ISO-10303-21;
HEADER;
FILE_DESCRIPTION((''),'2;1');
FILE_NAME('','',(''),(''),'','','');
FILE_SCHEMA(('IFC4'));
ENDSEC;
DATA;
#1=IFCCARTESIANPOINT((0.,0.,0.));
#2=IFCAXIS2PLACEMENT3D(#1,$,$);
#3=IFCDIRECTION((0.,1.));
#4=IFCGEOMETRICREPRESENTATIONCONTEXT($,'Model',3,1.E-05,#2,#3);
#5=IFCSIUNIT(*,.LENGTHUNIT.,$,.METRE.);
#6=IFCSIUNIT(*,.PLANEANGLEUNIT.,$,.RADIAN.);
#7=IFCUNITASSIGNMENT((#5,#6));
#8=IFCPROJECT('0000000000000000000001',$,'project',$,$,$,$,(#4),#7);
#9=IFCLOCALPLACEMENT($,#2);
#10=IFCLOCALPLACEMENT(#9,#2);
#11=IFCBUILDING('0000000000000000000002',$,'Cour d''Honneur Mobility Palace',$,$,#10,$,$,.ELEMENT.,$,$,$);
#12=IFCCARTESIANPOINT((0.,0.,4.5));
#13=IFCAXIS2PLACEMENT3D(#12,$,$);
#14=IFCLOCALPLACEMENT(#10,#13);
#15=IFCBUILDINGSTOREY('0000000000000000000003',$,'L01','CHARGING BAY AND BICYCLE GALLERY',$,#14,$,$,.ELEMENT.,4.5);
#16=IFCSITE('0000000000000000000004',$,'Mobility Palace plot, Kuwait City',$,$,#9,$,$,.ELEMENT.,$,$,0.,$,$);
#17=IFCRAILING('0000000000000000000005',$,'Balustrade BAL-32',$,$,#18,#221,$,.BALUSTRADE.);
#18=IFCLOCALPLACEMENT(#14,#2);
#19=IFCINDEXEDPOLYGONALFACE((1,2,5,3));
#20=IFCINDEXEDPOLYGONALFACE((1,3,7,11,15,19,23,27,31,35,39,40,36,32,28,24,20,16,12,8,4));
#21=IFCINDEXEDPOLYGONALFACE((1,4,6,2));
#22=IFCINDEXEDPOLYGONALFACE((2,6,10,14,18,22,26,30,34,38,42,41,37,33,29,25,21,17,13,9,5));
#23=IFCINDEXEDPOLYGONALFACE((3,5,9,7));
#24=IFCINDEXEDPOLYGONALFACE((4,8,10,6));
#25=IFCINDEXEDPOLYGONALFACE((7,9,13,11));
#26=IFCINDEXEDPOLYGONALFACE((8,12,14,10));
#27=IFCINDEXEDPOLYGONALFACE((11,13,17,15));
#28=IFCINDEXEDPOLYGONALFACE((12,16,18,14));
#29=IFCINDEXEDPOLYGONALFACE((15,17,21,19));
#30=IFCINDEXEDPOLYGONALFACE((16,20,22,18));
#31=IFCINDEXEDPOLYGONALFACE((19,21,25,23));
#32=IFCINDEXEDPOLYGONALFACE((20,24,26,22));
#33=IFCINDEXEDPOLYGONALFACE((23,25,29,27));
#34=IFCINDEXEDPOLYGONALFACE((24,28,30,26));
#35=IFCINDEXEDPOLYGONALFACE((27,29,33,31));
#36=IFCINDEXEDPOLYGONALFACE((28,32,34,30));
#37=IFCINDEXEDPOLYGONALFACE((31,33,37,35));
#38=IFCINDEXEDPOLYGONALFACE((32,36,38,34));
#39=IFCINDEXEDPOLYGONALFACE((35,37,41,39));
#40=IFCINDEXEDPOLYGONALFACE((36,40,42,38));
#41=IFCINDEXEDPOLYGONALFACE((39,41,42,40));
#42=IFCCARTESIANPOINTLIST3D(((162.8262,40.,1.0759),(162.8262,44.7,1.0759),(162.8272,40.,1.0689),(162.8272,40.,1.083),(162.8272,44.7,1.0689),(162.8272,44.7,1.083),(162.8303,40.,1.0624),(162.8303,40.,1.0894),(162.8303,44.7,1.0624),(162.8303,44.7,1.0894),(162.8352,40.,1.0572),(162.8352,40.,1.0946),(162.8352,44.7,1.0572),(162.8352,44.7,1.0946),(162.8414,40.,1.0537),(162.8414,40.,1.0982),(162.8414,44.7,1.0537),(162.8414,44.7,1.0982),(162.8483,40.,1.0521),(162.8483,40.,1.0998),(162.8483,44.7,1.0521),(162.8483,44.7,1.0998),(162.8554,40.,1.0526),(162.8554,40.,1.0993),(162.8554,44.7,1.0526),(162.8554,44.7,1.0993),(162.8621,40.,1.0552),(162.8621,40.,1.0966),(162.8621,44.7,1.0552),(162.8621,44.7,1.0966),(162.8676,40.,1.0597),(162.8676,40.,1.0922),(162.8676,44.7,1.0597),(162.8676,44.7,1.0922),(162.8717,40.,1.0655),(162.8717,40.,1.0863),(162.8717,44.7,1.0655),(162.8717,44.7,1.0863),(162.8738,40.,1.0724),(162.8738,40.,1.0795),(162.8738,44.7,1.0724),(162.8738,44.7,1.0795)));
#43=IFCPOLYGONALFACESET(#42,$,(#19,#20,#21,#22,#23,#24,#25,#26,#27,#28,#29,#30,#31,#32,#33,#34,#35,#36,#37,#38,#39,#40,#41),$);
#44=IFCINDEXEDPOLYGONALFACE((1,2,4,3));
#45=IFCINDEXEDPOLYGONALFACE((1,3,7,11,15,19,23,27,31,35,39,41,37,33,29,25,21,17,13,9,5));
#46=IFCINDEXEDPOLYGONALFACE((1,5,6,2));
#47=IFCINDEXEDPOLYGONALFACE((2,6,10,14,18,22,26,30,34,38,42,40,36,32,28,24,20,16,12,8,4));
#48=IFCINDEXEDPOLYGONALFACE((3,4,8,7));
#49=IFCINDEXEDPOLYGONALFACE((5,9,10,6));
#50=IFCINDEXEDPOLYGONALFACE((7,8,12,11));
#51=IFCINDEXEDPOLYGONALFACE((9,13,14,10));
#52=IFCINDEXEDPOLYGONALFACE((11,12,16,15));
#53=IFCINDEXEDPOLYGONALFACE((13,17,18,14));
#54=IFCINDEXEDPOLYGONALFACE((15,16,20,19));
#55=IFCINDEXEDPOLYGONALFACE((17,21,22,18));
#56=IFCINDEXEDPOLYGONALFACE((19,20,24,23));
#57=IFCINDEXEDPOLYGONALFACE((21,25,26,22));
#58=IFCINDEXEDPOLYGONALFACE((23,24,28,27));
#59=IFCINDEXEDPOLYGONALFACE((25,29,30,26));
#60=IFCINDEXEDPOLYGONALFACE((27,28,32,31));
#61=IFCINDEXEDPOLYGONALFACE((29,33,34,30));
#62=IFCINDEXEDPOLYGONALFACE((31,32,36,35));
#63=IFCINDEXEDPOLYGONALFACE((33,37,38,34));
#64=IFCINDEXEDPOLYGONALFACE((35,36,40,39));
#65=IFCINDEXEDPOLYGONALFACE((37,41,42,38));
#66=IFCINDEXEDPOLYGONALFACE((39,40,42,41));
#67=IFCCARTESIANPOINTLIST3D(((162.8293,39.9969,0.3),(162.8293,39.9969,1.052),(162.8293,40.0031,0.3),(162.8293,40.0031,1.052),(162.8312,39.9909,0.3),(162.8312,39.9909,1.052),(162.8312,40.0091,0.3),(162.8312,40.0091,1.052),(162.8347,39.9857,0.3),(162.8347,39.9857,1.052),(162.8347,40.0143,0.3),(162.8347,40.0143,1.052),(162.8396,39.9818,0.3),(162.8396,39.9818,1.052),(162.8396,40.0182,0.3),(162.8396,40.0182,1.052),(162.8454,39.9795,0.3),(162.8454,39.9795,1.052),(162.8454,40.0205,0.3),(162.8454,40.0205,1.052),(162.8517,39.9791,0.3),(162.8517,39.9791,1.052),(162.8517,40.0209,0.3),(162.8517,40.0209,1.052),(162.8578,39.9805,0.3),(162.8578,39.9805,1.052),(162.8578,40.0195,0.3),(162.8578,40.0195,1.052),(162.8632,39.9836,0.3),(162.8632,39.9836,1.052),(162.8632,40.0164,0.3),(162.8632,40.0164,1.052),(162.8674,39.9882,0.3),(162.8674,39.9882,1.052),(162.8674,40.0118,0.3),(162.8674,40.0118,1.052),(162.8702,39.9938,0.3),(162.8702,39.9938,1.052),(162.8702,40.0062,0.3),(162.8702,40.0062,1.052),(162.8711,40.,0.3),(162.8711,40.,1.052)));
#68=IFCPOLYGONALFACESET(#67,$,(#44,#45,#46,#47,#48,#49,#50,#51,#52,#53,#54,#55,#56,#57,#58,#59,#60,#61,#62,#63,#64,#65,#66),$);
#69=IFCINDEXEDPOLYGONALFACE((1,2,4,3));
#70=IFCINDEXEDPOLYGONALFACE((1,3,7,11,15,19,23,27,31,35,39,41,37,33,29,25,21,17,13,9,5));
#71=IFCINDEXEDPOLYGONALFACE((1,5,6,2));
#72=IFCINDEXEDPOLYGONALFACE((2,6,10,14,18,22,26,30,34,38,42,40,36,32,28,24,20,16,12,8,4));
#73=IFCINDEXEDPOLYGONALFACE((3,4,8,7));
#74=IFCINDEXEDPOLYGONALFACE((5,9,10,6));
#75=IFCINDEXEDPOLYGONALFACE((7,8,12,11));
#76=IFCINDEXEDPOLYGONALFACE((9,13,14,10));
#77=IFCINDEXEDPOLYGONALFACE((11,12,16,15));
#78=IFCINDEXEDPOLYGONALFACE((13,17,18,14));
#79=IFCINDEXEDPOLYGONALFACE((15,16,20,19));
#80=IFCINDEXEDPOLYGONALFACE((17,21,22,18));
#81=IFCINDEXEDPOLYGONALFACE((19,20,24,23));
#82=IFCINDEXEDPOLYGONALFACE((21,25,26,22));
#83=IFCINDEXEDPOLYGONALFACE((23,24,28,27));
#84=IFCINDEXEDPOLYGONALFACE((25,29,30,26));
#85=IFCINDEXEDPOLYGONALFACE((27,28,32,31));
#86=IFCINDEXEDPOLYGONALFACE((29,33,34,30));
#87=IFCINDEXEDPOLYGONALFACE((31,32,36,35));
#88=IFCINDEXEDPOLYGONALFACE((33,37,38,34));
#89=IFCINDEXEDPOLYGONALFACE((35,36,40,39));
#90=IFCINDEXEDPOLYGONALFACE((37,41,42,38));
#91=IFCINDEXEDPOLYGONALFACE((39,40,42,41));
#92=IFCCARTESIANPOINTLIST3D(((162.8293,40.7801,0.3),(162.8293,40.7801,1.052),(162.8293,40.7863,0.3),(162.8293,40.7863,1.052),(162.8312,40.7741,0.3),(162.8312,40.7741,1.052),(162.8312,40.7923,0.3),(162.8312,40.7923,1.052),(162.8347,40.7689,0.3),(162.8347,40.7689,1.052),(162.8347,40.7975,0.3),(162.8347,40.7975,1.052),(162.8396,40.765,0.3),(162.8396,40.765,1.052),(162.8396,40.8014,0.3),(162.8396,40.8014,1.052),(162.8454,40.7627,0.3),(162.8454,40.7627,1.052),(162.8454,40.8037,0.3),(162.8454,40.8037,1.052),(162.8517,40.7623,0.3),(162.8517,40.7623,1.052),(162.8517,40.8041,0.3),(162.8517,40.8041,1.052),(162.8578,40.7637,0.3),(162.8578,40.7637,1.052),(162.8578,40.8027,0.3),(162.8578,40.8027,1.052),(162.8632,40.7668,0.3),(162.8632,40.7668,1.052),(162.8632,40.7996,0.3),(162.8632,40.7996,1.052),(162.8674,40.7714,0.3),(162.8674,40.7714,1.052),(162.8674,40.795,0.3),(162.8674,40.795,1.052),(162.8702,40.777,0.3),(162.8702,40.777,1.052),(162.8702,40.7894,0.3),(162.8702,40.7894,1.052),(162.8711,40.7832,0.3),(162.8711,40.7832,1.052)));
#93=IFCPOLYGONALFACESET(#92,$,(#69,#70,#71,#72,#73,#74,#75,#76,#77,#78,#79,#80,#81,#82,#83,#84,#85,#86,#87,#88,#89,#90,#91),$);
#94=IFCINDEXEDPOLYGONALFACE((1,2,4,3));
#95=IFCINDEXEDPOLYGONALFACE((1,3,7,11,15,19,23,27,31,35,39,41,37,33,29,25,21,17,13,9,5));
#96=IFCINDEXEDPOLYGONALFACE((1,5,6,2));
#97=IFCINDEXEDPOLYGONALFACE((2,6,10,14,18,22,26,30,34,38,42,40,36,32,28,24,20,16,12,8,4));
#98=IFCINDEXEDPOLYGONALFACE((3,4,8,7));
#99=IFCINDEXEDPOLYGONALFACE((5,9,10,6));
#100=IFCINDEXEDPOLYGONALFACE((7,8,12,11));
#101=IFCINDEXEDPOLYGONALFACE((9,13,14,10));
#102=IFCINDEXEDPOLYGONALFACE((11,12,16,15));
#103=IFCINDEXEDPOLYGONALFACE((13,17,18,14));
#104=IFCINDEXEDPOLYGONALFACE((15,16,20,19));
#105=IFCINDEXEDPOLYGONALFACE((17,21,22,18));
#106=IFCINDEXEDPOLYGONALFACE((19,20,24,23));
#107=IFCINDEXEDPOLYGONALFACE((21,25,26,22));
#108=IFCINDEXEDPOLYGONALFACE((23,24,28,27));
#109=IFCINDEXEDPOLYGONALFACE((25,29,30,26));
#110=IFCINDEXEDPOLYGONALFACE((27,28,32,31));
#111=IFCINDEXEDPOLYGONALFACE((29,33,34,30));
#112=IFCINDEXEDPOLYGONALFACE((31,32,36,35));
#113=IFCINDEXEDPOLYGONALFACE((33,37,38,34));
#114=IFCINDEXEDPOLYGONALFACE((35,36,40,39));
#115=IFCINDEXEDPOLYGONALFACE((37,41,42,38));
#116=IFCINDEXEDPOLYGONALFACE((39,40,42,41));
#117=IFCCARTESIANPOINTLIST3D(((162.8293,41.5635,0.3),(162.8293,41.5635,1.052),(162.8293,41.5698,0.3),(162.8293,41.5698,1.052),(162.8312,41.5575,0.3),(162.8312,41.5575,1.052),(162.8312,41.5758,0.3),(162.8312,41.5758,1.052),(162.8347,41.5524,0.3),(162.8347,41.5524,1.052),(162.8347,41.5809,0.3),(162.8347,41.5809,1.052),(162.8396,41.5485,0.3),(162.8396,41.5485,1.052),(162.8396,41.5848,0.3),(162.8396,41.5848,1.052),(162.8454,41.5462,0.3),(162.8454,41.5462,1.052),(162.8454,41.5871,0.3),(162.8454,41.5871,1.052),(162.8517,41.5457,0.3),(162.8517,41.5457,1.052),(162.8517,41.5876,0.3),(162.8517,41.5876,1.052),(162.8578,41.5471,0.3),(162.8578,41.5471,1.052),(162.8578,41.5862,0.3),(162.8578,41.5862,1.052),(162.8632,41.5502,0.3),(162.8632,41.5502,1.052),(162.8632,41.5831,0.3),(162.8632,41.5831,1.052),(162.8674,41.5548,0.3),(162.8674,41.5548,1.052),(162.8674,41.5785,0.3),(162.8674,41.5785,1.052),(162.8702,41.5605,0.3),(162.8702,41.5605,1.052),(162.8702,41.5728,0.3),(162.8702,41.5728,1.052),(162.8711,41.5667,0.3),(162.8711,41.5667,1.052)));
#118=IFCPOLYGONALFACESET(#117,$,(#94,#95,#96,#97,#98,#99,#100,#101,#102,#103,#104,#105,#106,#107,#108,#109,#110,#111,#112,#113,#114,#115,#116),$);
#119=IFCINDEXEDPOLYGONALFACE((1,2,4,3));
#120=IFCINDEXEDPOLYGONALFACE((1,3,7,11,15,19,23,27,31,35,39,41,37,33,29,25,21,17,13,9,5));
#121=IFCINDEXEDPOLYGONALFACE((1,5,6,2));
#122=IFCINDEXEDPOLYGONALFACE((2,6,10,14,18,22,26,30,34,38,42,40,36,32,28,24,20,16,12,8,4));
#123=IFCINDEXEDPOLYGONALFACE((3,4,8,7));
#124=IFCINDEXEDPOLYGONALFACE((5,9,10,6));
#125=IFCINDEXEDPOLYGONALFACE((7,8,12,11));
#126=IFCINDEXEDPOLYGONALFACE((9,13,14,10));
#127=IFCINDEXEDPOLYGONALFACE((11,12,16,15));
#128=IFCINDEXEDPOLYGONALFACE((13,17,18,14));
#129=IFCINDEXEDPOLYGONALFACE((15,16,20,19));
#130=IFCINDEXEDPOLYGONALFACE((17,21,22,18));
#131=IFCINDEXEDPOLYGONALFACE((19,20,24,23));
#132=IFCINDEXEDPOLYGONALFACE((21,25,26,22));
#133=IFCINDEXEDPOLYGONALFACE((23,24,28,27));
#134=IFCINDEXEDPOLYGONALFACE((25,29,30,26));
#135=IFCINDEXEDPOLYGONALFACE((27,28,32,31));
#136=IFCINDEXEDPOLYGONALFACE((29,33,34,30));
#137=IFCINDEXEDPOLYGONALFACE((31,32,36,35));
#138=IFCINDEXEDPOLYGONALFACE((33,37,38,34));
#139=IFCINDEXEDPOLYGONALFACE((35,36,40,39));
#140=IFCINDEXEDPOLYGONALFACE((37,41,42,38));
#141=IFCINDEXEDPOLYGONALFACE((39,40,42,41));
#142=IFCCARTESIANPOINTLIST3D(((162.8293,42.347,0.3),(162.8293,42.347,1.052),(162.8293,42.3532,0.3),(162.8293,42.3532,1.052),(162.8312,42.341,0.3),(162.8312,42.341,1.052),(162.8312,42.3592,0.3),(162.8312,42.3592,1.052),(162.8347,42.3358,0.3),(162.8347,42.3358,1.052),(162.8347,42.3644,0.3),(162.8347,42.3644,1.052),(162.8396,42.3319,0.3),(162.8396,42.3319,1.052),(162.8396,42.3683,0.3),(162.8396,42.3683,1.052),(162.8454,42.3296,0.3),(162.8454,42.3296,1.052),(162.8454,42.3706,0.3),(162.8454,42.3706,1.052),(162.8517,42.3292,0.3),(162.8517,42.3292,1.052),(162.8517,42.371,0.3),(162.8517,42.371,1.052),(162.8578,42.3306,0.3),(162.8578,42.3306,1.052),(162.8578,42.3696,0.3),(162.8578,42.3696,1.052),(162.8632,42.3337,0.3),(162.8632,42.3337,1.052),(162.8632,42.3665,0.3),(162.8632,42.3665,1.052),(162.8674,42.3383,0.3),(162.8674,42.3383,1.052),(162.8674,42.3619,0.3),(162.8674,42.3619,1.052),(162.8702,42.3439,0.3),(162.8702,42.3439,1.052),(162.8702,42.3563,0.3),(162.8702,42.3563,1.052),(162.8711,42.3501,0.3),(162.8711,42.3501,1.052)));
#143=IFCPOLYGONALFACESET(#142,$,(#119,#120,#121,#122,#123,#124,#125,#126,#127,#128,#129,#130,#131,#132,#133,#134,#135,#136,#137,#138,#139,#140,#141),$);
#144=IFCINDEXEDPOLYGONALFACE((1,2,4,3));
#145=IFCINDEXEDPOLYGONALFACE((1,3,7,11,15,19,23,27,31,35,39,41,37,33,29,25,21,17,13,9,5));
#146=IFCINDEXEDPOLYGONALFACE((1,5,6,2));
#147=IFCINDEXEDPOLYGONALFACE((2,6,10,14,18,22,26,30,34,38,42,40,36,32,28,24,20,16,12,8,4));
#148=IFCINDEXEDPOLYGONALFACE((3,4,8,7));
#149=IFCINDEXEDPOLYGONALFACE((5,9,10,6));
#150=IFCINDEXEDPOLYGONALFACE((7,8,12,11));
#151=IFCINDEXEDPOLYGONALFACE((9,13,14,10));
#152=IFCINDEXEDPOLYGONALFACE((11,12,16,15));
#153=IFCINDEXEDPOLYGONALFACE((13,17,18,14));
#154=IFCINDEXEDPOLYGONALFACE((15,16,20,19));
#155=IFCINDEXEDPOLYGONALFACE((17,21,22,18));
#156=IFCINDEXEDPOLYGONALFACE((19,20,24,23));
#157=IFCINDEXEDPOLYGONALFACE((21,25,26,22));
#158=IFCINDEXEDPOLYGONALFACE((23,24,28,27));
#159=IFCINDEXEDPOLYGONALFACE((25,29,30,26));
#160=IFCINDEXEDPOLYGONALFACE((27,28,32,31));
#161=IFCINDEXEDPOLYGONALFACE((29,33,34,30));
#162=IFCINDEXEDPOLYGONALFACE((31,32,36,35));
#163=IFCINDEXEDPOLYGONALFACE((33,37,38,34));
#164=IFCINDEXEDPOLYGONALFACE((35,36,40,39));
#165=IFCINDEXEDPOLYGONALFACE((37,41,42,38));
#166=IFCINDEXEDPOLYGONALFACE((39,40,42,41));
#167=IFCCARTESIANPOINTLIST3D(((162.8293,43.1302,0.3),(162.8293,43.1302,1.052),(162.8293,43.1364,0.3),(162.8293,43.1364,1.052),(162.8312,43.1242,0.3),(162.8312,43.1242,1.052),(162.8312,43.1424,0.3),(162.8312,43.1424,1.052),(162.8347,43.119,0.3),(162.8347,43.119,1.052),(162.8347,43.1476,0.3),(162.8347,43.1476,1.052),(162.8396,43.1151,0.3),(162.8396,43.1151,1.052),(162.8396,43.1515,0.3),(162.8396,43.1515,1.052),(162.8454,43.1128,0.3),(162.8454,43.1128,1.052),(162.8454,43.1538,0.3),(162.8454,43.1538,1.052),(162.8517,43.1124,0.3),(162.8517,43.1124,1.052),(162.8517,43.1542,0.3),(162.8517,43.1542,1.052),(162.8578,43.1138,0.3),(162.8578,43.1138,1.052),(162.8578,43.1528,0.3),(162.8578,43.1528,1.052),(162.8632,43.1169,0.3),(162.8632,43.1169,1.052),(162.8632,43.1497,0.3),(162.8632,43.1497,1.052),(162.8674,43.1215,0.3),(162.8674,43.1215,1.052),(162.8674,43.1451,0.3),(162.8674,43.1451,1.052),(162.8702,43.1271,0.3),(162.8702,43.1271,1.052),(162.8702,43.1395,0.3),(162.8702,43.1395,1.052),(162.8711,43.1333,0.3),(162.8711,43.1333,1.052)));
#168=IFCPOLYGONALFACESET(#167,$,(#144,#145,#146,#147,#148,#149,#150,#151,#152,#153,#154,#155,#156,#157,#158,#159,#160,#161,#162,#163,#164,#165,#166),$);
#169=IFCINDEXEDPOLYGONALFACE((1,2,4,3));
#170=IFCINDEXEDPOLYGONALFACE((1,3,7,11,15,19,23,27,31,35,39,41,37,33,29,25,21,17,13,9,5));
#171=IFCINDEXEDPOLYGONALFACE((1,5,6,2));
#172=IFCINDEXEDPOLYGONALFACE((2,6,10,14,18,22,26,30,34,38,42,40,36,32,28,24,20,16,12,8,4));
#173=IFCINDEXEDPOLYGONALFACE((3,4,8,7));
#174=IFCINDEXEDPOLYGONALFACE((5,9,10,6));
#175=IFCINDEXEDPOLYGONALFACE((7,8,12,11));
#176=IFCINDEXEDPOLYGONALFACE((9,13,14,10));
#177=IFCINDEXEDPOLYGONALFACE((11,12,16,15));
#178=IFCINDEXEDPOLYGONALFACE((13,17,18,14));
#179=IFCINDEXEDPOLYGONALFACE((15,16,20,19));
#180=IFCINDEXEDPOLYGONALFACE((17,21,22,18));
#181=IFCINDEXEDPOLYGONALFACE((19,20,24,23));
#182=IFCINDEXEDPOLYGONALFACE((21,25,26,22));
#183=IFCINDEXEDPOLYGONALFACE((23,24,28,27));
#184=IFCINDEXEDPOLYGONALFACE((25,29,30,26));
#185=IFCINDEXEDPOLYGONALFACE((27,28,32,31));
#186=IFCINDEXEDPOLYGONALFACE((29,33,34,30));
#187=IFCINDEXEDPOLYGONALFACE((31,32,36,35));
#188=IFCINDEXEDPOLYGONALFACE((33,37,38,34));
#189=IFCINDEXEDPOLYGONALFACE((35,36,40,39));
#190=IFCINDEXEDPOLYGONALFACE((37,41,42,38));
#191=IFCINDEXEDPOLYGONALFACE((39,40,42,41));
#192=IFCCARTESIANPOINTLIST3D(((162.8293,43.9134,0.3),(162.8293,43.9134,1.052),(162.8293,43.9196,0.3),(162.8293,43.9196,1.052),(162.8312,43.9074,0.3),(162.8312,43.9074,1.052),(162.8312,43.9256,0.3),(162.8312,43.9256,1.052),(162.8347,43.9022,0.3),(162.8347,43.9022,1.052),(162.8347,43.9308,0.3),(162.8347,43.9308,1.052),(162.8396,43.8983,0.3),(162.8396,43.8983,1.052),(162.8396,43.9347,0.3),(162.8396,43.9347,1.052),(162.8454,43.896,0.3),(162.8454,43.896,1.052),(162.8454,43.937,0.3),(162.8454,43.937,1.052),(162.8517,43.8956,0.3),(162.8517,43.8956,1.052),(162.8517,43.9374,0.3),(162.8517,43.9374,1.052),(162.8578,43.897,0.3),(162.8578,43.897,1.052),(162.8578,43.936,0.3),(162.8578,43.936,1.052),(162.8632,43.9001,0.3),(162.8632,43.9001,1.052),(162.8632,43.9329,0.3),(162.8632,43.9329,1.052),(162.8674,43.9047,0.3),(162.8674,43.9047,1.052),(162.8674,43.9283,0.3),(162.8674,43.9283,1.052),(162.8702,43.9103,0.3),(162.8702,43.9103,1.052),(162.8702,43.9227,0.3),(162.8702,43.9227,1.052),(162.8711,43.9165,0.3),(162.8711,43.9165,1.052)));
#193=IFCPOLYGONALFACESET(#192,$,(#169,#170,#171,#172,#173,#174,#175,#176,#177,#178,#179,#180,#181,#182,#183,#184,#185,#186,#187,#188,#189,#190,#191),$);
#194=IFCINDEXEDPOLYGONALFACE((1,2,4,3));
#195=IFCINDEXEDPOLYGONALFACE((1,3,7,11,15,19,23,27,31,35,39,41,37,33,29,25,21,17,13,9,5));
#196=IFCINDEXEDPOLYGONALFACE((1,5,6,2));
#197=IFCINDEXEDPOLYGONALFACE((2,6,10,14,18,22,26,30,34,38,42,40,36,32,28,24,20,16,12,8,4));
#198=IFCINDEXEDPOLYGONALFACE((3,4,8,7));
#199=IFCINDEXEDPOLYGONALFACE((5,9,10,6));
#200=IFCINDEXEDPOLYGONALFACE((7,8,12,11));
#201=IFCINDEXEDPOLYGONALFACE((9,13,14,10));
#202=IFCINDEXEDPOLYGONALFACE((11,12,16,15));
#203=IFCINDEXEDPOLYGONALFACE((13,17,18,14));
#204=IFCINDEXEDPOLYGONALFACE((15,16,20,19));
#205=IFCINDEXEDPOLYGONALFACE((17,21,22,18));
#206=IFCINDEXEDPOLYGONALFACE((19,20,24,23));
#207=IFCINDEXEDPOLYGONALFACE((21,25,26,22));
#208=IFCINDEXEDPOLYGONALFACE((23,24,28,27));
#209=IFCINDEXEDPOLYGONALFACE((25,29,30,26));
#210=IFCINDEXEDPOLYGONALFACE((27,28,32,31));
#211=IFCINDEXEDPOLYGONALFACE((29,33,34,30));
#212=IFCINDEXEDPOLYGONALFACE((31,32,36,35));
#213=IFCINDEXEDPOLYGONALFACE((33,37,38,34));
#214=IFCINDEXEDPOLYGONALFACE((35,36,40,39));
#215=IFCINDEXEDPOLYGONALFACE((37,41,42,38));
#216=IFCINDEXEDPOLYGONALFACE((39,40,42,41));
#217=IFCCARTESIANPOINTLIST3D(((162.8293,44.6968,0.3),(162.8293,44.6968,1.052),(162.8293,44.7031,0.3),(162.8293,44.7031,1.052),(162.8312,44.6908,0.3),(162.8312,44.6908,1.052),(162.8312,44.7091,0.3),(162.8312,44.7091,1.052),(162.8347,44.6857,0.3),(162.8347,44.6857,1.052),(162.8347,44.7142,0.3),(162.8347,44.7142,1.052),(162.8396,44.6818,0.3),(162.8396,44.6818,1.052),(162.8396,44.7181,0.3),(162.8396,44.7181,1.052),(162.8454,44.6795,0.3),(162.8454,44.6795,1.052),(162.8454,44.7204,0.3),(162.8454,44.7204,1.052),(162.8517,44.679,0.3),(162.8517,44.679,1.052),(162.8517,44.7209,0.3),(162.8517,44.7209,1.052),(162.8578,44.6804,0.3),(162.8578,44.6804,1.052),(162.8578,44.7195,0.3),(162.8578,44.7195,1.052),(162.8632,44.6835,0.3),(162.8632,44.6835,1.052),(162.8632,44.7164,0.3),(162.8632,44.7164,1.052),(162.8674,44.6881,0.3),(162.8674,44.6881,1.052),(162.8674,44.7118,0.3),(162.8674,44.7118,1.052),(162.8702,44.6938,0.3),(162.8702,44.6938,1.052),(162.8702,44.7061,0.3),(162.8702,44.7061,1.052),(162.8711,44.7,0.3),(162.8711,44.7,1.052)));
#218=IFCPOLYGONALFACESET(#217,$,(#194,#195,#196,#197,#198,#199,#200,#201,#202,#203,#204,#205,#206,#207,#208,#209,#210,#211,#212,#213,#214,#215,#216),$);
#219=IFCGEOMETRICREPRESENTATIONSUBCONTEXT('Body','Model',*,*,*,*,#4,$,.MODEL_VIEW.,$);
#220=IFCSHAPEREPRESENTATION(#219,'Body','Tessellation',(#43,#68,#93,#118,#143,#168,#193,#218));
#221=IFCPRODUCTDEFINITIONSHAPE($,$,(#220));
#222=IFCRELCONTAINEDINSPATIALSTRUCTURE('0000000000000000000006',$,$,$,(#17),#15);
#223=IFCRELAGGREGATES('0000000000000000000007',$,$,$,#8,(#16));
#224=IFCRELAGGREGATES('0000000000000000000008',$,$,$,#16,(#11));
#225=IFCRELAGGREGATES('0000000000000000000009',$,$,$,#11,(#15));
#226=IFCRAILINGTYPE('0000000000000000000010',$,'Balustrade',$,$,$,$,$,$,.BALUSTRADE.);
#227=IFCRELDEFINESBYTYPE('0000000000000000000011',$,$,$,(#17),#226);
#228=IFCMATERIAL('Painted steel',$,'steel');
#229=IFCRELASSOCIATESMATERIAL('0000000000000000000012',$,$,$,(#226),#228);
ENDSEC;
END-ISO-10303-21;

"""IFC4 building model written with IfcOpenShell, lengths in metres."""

from ifc_helpers import new_model, si_unit, direction, frame, origin, origin_2d, place, context, subcontext, project, spatial, circle, extrude, material, type_object, element, save


model = new_model("IFC4")

# Units and contexts
model_context = context("Model", 3, precision=1e-05, world=origin(), true_north=direction((0.0, 1.0)))
body_context = subcontext(model_context, "Body", "Model", "MODEL_VIEW")
ifc_project = project(units=[si_unit("LENGTHUNIT", "METRE"), si_unit("PLANEANGLEUNIT", "RADIAN")], contexts=[model_context])

# Site, building, storey
site_placement = place(None, origin())
site = spatial("IfcSite", under=ifc_project, at=site_placement, Name="Mobility Palace plot, Kuwait City", CompositionType="ELEMENT", RefElevation=0.0)
building_placement = place(site_placement, origin())
building = spatial("IfcBuilding", under=site, at=building_placement, Name="Cour d'Honneur Mobility Palace", CompositionType="ELEMENT")
storey_placement = place(building_placement, frame((0.0, 0.0, 4.5)))
storey = spatial("IfcBuildingStorey", under=building, at=storey_placement, Name="L01", Description="CHARGING BAY AND BICYCLE GALLERY", CompositionType="ELEMENT", Elevation=4.5)

# Railing
ifc_material_1 = material(Name="Painted steel", Category="steel")
railing_type = type_object("IfcRailingType", Name="Balustrade", PredefinedType="BALUSTRADE", material=ifc_material_1)
railing_placement = place(storey_placement, frame((162.8501, 40.0, 0.3)))
element("IfcRailing", 1, at=railing_placement, inside=storey, type_object=railing_type, Name="Balustrade BAL-32", PredefinedType="BALUSTRADE", context=body_context, shape_type="SweptSolid", body=[
    extrude(circle(Radius=0.0239, at=origin_2d()), frame((0.0, 0.0, 0.7759), z_axis=(0.0, 1.0, 0.0), x_axis=(-1.0, 0.0, 0.0)), (0.0, 0.0, 1.0), 4.7),
    extrude(circle(Radius=0.021, at=origin_2d()), origin(), (0.0, 0.0, 1.0), 0.752),
    extrude(circle(Radius=0.021, at=origin_2d()), frame((0.0, 0.7832, 0.0)), (0.0, 0.0, 1.0), 0.752),
    extrude(circle(Radius=0.021, at=origin_2d()), frame((0.0, 1.5667, 0.0)), (0.0, 0.0, 1.0), 0.752),
    extrude(circle(Radius=0.021, at=origin_2d()), frame((0.0, 2.3501, 0.0)), (0.0, 0.0, 1.0), 0.752),
    extrude(circle(Radius=0.021, at=origin_2d()), frame((0.0, 3.1333, 0.0)), (0.0, 0.0, 1.0), 0.752),
    extrude(circle(Radius=0.021, at=origin_2d()), frame((0.0, 3.9165, 0.0)), (0.0, 0.0, 1.0), 0.752),
    extrude(circle(Radius=0.021, at=origin_2d()), frame((0.0, 4.7, 0.0)), (0.0, 0.0, 1.0), 0.752),
])

save(model, "model.ifc")
